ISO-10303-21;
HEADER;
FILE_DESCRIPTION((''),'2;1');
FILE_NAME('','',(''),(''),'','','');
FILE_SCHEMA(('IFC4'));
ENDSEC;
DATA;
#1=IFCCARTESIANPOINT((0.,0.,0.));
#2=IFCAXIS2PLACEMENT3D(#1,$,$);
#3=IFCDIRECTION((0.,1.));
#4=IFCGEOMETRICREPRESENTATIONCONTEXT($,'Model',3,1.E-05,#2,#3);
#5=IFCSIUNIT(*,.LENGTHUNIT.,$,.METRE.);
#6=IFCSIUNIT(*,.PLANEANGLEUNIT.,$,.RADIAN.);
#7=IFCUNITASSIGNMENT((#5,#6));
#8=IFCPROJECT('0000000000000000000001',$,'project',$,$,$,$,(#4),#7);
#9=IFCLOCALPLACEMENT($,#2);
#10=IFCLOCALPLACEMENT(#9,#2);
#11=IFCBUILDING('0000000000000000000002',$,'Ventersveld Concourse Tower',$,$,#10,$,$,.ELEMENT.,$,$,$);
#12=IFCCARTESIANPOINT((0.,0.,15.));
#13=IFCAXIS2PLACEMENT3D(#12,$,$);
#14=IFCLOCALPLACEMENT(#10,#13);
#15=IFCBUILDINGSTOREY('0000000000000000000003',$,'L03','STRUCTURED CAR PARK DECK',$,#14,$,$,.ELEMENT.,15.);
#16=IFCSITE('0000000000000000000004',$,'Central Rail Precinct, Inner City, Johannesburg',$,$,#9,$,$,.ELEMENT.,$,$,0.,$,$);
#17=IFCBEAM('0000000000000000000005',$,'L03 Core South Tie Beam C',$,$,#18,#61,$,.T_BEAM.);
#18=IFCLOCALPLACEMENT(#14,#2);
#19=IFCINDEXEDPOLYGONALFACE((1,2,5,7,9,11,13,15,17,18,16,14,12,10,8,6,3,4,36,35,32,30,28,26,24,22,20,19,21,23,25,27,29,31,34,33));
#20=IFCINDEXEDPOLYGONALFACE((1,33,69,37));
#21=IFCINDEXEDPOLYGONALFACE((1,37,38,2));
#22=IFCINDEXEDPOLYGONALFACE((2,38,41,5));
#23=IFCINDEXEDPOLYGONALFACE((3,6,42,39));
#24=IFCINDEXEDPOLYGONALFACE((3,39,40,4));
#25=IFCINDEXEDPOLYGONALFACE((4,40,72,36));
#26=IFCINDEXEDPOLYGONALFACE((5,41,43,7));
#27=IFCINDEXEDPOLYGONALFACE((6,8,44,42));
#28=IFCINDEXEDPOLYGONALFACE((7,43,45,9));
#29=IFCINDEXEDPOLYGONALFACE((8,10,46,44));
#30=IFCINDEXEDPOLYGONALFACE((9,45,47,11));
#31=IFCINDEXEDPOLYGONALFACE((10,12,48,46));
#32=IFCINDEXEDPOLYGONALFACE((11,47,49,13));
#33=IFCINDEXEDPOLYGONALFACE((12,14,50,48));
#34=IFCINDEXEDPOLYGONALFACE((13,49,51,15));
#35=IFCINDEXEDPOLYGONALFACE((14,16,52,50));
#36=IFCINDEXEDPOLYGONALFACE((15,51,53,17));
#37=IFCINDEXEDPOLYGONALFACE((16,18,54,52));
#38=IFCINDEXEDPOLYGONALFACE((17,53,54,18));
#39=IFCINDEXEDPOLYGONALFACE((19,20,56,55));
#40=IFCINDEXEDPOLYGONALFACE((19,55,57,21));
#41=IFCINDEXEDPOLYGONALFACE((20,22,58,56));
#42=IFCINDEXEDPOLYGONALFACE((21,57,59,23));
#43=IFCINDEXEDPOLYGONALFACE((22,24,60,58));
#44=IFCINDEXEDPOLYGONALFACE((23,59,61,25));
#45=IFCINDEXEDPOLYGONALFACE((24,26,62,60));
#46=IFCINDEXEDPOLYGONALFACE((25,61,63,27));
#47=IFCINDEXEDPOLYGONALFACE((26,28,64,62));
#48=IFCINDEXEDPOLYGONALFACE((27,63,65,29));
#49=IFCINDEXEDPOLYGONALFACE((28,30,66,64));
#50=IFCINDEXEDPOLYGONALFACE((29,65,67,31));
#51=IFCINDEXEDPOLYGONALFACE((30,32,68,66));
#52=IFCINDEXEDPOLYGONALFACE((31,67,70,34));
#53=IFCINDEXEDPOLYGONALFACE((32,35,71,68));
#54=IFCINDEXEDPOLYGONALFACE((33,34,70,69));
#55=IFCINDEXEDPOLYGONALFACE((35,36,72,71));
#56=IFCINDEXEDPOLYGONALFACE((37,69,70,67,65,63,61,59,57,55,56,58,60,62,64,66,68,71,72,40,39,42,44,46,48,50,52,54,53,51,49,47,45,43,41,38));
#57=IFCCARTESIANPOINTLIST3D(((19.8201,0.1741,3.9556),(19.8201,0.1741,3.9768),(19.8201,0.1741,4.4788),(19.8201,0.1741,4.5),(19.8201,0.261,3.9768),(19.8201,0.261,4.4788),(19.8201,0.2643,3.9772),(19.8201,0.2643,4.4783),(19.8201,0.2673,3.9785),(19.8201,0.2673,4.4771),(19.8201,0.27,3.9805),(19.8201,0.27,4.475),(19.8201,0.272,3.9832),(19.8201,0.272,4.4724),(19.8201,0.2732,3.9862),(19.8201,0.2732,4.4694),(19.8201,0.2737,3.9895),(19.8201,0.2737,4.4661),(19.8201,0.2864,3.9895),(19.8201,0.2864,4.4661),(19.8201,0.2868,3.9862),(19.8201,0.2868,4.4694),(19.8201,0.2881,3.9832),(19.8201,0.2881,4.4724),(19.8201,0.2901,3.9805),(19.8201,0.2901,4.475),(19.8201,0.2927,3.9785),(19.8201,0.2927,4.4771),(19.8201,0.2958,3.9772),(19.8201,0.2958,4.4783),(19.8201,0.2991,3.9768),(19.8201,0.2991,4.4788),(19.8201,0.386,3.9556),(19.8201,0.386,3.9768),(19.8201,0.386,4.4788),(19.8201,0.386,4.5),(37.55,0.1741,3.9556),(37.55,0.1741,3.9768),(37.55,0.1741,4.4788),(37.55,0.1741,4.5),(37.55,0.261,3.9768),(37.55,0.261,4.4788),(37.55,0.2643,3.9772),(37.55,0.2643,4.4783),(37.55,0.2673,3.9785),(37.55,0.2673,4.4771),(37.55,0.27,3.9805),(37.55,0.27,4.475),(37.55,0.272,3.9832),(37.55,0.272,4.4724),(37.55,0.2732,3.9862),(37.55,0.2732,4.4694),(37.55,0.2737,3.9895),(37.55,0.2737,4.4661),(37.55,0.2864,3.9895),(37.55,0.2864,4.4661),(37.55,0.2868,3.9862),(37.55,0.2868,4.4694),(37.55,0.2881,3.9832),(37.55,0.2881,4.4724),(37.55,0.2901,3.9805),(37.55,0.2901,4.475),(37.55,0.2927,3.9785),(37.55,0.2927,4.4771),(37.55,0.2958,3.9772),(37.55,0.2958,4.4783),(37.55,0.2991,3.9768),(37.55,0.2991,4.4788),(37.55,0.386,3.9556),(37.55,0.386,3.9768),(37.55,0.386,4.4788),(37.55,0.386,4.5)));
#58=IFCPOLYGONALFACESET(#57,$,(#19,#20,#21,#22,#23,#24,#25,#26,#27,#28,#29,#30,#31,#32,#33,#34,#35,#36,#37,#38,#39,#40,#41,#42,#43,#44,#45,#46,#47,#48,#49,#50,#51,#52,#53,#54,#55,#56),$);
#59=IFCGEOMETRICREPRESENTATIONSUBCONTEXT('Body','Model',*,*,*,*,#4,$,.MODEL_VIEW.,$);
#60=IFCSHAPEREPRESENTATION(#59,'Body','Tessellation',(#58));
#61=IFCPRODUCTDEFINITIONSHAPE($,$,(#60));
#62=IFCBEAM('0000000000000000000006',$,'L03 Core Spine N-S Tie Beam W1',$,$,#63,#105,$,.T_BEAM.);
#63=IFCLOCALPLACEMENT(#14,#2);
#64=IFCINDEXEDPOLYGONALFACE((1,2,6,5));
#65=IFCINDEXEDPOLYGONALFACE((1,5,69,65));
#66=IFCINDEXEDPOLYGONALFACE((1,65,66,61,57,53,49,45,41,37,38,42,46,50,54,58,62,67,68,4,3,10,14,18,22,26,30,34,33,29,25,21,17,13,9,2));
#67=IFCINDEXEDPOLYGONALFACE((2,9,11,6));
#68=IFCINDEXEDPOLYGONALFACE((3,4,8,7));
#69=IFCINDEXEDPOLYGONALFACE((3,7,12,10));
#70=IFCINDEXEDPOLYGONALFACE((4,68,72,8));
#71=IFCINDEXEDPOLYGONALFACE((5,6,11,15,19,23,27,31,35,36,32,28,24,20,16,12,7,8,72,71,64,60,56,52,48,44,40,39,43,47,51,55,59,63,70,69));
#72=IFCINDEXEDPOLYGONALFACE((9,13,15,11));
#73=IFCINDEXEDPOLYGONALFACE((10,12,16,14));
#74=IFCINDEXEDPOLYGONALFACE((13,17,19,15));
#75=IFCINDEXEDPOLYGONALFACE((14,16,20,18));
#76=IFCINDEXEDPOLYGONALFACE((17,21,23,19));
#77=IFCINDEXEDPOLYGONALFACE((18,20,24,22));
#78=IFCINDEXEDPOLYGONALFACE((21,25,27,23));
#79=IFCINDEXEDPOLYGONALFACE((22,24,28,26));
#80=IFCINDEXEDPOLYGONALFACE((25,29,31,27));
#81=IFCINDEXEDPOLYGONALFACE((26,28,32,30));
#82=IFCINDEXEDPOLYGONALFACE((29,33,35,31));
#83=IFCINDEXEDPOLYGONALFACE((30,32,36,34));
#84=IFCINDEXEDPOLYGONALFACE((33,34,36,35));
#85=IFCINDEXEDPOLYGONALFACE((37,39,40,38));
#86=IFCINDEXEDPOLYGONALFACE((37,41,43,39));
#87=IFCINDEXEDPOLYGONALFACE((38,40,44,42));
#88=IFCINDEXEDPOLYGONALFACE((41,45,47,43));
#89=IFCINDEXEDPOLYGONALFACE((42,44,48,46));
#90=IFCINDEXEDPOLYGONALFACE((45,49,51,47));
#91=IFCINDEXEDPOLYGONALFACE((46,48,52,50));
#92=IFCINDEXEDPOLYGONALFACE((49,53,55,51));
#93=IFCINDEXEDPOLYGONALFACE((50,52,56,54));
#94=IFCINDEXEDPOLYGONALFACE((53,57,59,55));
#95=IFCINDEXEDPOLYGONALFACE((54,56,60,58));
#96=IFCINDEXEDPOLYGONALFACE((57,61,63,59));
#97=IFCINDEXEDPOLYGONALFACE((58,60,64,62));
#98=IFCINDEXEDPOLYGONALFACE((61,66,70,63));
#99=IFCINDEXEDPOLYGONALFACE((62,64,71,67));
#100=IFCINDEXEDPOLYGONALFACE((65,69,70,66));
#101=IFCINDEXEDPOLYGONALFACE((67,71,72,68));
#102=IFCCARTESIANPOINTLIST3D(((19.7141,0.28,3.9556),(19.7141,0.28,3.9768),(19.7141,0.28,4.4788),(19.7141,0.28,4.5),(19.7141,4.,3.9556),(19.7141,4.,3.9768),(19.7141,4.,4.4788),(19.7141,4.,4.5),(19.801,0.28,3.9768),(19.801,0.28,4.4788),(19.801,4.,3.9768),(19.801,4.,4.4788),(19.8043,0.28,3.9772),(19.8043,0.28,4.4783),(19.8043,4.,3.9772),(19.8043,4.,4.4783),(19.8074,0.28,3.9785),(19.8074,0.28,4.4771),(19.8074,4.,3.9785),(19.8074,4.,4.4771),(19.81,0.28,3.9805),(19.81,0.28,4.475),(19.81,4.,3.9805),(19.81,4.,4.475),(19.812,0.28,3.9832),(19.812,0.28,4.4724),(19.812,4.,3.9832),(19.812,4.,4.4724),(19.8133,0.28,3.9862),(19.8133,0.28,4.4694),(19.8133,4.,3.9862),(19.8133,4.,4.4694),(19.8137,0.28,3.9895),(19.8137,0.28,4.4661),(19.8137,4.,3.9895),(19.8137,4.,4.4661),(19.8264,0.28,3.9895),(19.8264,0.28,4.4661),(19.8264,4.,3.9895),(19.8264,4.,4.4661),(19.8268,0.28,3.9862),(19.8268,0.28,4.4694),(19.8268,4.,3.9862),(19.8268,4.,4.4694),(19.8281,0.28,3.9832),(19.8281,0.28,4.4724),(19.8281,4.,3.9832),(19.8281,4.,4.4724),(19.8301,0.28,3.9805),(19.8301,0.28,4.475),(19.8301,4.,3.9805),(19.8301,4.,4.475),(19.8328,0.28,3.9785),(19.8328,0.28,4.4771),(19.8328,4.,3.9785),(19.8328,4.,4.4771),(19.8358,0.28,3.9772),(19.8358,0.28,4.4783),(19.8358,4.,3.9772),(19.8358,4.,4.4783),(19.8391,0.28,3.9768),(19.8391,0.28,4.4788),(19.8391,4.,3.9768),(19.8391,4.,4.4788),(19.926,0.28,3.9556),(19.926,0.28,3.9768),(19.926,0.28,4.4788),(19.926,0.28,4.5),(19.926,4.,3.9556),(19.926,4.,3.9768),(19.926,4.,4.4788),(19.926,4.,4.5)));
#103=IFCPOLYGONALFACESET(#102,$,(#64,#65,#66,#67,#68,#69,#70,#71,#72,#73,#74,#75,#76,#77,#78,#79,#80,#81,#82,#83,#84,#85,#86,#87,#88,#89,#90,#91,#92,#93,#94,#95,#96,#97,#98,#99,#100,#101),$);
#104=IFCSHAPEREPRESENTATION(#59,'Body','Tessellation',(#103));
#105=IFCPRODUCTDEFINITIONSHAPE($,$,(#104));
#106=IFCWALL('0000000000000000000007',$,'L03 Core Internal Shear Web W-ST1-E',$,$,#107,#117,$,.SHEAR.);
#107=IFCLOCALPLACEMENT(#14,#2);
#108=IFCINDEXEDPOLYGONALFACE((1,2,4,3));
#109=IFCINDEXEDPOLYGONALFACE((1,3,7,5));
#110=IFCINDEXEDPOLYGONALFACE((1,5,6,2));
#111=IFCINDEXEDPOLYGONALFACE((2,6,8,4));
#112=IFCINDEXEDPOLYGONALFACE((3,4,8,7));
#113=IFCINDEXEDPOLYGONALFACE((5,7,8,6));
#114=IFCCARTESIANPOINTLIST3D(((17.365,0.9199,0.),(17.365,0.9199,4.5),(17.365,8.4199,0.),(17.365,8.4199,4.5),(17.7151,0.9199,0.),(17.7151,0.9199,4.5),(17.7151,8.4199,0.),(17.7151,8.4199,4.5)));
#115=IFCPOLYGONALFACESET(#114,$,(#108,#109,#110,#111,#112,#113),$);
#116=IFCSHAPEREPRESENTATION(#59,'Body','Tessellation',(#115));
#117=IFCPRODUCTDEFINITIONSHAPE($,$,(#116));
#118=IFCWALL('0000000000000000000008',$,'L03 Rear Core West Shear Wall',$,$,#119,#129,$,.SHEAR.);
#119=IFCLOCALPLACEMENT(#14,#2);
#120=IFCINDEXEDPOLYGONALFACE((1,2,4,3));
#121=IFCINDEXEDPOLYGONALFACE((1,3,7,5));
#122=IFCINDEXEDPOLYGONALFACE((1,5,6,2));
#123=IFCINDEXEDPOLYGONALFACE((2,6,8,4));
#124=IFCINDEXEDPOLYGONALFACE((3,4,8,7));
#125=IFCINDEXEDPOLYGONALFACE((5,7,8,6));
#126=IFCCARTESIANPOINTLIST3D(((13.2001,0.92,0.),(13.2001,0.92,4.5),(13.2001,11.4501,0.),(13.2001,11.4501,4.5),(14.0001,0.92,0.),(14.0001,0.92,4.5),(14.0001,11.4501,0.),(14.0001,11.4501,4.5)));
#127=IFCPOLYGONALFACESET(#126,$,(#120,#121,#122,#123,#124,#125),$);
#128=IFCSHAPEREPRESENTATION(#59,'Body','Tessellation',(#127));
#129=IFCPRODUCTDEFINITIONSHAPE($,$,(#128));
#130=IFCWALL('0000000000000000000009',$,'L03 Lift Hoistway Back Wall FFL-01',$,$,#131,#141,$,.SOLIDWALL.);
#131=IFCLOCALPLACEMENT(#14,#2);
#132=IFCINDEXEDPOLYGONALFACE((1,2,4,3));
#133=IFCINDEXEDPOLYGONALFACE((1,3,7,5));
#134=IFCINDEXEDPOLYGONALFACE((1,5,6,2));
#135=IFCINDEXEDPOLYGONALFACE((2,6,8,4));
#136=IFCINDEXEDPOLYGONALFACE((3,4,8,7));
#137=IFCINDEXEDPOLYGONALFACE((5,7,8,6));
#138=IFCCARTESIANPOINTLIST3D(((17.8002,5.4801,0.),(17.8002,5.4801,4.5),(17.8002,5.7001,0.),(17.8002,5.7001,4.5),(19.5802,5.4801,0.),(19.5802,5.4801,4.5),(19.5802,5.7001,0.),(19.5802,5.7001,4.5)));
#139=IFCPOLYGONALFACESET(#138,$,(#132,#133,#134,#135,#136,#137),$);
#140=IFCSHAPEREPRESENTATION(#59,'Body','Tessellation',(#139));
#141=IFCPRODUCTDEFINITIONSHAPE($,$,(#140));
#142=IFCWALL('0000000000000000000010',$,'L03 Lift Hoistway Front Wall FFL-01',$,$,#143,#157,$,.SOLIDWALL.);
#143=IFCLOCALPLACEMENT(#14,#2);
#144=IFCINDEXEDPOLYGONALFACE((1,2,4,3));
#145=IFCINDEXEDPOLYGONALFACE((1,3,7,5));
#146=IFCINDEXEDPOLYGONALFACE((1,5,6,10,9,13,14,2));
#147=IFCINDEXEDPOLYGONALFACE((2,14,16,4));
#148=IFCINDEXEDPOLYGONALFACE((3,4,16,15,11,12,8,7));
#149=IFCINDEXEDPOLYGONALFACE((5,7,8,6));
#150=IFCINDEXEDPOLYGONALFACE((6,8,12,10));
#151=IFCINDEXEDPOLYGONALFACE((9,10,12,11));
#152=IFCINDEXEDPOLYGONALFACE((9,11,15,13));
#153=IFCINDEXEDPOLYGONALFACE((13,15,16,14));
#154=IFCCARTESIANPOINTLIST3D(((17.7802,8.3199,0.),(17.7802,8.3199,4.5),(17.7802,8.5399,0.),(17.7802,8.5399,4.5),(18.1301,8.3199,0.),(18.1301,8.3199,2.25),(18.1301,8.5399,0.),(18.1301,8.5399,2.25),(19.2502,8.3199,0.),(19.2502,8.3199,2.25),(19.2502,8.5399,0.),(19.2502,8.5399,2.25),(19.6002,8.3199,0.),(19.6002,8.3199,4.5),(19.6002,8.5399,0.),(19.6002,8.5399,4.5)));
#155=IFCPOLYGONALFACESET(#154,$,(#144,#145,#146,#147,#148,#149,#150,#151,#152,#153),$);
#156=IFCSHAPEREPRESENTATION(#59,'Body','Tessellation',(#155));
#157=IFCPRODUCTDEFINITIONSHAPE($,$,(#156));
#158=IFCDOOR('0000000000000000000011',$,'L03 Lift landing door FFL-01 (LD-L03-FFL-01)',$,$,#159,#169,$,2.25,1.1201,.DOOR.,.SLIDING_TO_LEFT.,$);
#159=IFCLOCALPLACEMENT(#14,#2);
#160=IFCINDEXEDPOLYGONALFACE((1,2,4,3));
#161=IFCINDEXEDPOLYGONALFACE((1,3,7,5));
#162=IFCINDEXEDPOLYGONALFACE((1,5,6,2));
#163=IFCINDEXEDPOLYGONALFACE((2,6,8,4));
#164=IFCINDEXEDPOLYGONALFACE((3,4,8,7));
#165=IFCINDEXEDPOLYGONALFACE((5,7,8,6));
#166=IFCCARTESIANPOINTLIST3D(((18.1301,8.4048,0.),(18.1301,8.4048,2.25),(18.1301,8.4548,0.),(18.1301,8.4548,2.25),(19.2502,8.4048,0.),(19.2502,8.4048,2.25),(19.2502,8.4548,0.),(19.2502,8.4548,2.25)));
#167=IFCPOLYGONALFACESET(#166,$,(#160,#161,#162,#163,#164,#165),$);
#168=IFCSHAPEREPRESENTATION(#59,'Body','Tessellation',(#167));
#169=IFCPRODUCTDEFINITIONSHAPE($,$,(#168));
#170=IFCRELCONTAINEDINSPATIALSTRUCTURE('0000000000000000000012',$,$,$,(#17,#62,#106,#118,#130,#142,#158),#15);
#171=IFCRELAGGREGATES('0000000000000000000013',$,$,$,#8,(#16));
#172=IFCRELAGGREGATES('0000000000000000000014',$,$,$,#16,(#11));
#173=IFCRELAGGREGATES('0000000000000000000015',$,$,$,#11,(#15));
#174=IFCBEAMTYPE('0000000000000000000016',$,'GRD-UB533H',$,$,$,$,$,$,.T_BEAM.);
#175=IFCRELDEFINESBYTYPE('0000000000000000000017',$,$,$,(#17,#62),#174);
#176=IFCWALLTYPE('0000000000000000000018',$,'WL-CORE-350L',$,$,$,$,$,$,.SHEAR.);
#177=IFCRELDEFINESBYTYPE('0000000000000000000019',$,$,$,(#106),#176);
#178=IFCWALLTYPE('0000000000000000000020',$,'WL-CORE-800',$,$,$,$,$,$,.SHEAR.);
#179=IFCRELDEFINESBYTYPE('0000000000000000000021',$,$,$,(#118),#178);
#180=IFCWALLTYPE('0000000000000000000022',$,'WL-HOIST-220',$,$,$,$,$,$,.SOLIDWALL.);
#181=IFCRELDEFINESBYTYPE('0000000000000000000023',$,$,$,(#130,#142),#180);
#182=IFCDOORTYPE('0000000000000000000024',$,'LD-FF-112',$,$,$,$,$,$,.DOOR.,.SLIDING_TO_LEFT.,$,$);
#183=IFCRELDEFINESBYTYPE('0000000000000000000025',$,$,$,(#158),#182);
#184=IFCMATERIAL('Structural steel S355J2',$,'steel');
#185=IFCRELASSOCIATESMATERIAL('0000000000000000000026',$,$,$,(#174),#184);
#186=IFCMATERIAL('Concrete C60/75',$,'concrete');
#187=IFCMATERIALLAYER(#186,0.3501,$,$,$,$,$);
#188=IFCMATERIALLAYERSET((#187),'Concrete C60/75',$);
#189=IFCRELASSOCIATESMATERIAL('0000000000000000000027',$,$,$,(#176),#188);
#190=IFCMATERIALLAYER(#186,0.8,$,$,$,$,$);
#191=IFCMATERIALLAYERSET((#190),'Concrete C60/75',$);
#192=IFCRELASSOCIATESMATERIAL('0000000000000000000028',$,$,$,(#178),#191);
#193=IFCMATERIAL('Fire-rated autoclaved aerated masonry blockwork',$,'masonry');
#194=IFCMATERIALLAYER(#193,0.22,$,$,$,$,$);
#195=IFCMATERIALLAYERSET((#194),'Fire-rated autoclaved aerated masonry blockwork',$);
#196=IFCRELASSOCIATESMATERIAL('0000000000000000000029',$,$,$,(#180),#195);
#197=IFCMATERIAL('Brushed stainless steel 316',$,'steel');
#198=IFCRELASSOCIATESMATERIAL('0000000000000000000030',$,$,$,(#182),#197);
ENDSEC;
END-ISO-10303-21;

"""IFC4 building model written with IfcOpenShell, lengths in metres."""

from ifc_helpers import new_model, si_unit, direction, frame, frame_2d, origin, origin_2d, place, context, subcontext, project, spatial, rectangle, i_section, extrude, material, layer, layer_set, material_profile, profile_set, type_object, element, fill, save


model = new_model("IFC4")

# Units and contexts
model_context = context("Model", 3, precision=1e-05, world=origin(), true_north=direction((0.0, 1.0)))
body_context = subcontext(model_context, "Body", "Model", "MODEL_VIEW")
ifc_project = project(units=[si_unit("LENGTHUNIT", "METRE"), si_unit("PLANEANGLEUNIT", "RADIAN")], contexts=[model_context])

# Site, building, storey
site_placement = place(None, origin())
site = spatial("IfcSite", under=ifc_project, at=site_placement, Name="Central Rail Precinct, Inner City, Johannesburg", CompositionType="ELEMENT", RefElevation=0.0)
building_placement = place(site_placement, origin())
building = spatial("IfcBuilding", under=site, at=building_placement, Name="Ventersveld Concourse Tower", CompositionType="ELEMENT")
storey_placement = place(building_placement, frame((0.0, 0.0, 15.0)))
storey = spatial("IfcBuildingStorey", under=building, at=storey_placement, Name="L03", Description="STRUCTURED CAR PARK DECK", CompositionType="ELEMENT", Elevation=15.0)

# Beams
ifc_material_1 = material(Name="Structural steel S355J2", Category="steel")
ifc_material_profile_1 = material_profile(ifc_material_1, i_section(OverallWidth=0.2119, OverallDepth=0.5444, WebThickness=0.0127, FlangeThickness=0.0212, FilletRadius=0.0127, at=origin_2d()), Name="UB 533x210x122")
ifc_profile_set_1 = profile_set([ifc_material_profile_1], Name="Structural steel S355J2")
beam_type = type_object("IfcBeamType", Name="GRD-UB533H", PredefinedType="T_BEAM", material=ifc_profile_set_1)
beam_1_placement = place(storey_placement, frame((19.8201, 0.28, 4.2278), z_axis=(1.0, 0.0, 0.0), x_axis=(0.0, 1.0, 0.0)))
element("IfcBeam", 1, at=beam_1_placement, inside=storey, type_object=beam_type, Name="L03 Core South Tie Beam C", PredefinedType="T_BEAM", context=body_context, shape_type="SweptSolid", body=[
    extrude(i_section(OverallWidth=0.2119, OverallDepth=0.5444, WebThickness=0.0127, FlangeThickness=0.0212, FilletRadius=0.0127, at=origin_2d()), origin(), (0.0, 0.0, 1.0), 17.73),
])
beam_2_placement = place(storey_placement, frame((19.8201, 0.28, 4.2278), z_axis=(0.0, 1.0, 0.0), x_axis=(-1.0, 0.0, 0.0)))
element("IfcBeam", 2, at=beam_2_placement, inside=storey, type_object=beam_type, Name="L03 Core Spine N-S Tie Beam W1", PredefinedType="T_BEAM", context=body_context, shape_type="SweptSolid", body=[
    extrude(i_section(OverallWidth=0.2119, OverallDepth=0.5444, WebThickness=0.0127, FlangeThickness=0.0212, FilletRadius=0.0127, at=origin_2d()), origin(), (0.0, 0.0, 1.0), 3.72),
])

# Walls
ifc_material_2 = material(Name="Concrete C60/75", Category="concrete")
ifc_layer_1 = layer(ifc_material_2, 0.3501)
ifc_layer_set_1 = layer_set([ifc_layer_1], Name="Concrete C60/75")
wall_type_1 = type_object("IfcWallType", Name="WL-CORE-350L", PredefinedType="SHEAR", material=ifc_layer_set_1)
wall_1_placement = place(storey_placement, frame((17.54, 0.9199, 0.0), z_axis=(0.0, 0.0, 1.0), x_axis=(0.0, 1.0, 0.0)))
element("IfcWall", 3, at=wall_1_placement, inside=storey, type_object=wall_type_1, Name="L03 Core Internal Shear Web W-ST1-E", PredefinedType="SHEAR", context=body_context, shape_type="SweptSolid", body=[
    extrude(rectangle(XDim=7.5, YDim=0.3501, at=frame_2d((3.75, 0.0))), origin(), (0.0, 0.0, 1.0), 4.5),
])
ifc_layer_2 = layer(ifc_material_2, 0.8)
ifc_layer_set_2 = layer_set([ifc_layer_2], Name="Concrete C60/75")
wall_type_2 = type_object("IfcWallType", Name="WL-CORE-800", PredefinedType="SHEAR", material=ifc_layer_set_2)
wall_2_placement = place(storey_placement, frame((13.6001, 0.9199, 0.0), z_axis=(0.0, 0.0, 1.0), x_axis=(0.0, 1.0, 0.0)))
element("IfcWall", 4, at=wall_2_placement, inside=storey, type_object=wall_type_2, Name="L03 Rear Core West Shear Wall", PredefinedType="SHEAR", context=body_context, shape_type="SweptSolid", body=[
    extrude(rectangle(XDim=10.53, YDim=0.8, at=frame_2d((5.2651, 0.0))), origin(), (0.0, 0.0, 1.0), 4.5),
])
ifc_material_3 = material(Name="Fire-rated autoclaved aerated masonry blockwork", Category="masonry")
ifc_layer_3 = layer(ifc_material_3, 0.22)
ifc_layer_set_3 = layer_set([ifc_layer_3], Name="Fire-rated autoclaved aerated masonry blockwork")
wall_type_3 = type_object("IfcWallType", Name="WL-HOIST-220", PredefinedType="SOLIDWALL", material=ifc_layer_set_3)
wall_3_placement = place(storey_placement, frame((17.8, 5.5901, 0.0), z_axis=(0.0, 0.0, 1.0), x_axis=(1.0, 0.0, 0.0)))
element("IfcWall", 5, at=wall_3_placement, inside=storey, type_object=wall_type_3, Name="L03 Lift Hoistway Back Wall FFL-01", PredefinedType="SOLIDWALL", context=body_context, shape_type="SweptSolid", body=[
    extrude(rectangle(XDim=1.78, YDim=0.22, at=frame_2d((0.8901, 0.0))), origin(), (0.0, 0.0, 1.0), 4.5),
])

# Wall, opening, door
wall_4_placement = place(storey_placement, frame((17.78, 8.4299, 0.0), z_axis=(0.0, 0.0, 1.0), x_axis=(1.0, 0.0, 0.0)))
wall_4 = element("IfcWall", 6, at=wall_4_placement, inside=storey, type_object=wall_type_3, Name="L03 Lift Hoistway Front Wall FFL-01", PredefinedType="SOLIDWALL", context=body_context, shape_type="SweptSolid", body=[
    extrude(rectangle(XDim=1.8201, YDim=0.22, at=frame_2d((0.9102, 0.0))), origin(), (0.0, 0.0, 1.0), 4.5),
])
opening_1_placement = place(wall_4_placement, frame((0.3501, 0.0, 0.0)))
opening_1 = element("IfcOpeningElement", 7, at=opening_1_placement, cuts=wall_4, PredefinedType="OPENING", context=body_context, shape_type="SweptSolid", body=[
    extrude(rectangle(XDim=1.1201, YDim=2.25, at=frame_2d((0.5601, 1.125))), frame((0.0, 0.1201, 0.0), z_axis=(0.0, -1.0, 0.0), x_axis=(1.0, 0.0, 0.0)), (0.0, 0.0, 1.0), 0.24),
])
ifc_material_4 = material(Name="Brushed stainless steel 316", Category="steel")
door_type_1 = type_object("IfcDoorType", Name="LD-FF-112", OperationType="SLIDING_TO_LEFT", PredefinedType="DOOR", material=ifc_material_4)
door_1_placement = place(opening_1_placement, origin())
door_1 = element("IfcDoor", 8, at=door_1_placement, inside=storey, type_object=door_type_1, Name="L03 Lift landing door FFL-01 (LD-L03-FFL-01)", OperationType="SLIDING_TO_LEFT", OverallHeight=2.25, OverallWidth=1.1201, PredefinedType="DOOR", context=body_context, shape_type="SweptSolid", body=[
    extrude(rectangle(XDim=1.1201, YDim=2.25, at=frame_2d((0.5601, 1.125))), frame((0.0, 0.0249, 0.0), z_axis=(0.0, -1.0, 0.0), x_axis=(1.0, 0.0, 0.0)), (0.0, 0.0, 1.0), 0.05),
])
fill(opening_1, door_1)

save(model, "model.ifc")
